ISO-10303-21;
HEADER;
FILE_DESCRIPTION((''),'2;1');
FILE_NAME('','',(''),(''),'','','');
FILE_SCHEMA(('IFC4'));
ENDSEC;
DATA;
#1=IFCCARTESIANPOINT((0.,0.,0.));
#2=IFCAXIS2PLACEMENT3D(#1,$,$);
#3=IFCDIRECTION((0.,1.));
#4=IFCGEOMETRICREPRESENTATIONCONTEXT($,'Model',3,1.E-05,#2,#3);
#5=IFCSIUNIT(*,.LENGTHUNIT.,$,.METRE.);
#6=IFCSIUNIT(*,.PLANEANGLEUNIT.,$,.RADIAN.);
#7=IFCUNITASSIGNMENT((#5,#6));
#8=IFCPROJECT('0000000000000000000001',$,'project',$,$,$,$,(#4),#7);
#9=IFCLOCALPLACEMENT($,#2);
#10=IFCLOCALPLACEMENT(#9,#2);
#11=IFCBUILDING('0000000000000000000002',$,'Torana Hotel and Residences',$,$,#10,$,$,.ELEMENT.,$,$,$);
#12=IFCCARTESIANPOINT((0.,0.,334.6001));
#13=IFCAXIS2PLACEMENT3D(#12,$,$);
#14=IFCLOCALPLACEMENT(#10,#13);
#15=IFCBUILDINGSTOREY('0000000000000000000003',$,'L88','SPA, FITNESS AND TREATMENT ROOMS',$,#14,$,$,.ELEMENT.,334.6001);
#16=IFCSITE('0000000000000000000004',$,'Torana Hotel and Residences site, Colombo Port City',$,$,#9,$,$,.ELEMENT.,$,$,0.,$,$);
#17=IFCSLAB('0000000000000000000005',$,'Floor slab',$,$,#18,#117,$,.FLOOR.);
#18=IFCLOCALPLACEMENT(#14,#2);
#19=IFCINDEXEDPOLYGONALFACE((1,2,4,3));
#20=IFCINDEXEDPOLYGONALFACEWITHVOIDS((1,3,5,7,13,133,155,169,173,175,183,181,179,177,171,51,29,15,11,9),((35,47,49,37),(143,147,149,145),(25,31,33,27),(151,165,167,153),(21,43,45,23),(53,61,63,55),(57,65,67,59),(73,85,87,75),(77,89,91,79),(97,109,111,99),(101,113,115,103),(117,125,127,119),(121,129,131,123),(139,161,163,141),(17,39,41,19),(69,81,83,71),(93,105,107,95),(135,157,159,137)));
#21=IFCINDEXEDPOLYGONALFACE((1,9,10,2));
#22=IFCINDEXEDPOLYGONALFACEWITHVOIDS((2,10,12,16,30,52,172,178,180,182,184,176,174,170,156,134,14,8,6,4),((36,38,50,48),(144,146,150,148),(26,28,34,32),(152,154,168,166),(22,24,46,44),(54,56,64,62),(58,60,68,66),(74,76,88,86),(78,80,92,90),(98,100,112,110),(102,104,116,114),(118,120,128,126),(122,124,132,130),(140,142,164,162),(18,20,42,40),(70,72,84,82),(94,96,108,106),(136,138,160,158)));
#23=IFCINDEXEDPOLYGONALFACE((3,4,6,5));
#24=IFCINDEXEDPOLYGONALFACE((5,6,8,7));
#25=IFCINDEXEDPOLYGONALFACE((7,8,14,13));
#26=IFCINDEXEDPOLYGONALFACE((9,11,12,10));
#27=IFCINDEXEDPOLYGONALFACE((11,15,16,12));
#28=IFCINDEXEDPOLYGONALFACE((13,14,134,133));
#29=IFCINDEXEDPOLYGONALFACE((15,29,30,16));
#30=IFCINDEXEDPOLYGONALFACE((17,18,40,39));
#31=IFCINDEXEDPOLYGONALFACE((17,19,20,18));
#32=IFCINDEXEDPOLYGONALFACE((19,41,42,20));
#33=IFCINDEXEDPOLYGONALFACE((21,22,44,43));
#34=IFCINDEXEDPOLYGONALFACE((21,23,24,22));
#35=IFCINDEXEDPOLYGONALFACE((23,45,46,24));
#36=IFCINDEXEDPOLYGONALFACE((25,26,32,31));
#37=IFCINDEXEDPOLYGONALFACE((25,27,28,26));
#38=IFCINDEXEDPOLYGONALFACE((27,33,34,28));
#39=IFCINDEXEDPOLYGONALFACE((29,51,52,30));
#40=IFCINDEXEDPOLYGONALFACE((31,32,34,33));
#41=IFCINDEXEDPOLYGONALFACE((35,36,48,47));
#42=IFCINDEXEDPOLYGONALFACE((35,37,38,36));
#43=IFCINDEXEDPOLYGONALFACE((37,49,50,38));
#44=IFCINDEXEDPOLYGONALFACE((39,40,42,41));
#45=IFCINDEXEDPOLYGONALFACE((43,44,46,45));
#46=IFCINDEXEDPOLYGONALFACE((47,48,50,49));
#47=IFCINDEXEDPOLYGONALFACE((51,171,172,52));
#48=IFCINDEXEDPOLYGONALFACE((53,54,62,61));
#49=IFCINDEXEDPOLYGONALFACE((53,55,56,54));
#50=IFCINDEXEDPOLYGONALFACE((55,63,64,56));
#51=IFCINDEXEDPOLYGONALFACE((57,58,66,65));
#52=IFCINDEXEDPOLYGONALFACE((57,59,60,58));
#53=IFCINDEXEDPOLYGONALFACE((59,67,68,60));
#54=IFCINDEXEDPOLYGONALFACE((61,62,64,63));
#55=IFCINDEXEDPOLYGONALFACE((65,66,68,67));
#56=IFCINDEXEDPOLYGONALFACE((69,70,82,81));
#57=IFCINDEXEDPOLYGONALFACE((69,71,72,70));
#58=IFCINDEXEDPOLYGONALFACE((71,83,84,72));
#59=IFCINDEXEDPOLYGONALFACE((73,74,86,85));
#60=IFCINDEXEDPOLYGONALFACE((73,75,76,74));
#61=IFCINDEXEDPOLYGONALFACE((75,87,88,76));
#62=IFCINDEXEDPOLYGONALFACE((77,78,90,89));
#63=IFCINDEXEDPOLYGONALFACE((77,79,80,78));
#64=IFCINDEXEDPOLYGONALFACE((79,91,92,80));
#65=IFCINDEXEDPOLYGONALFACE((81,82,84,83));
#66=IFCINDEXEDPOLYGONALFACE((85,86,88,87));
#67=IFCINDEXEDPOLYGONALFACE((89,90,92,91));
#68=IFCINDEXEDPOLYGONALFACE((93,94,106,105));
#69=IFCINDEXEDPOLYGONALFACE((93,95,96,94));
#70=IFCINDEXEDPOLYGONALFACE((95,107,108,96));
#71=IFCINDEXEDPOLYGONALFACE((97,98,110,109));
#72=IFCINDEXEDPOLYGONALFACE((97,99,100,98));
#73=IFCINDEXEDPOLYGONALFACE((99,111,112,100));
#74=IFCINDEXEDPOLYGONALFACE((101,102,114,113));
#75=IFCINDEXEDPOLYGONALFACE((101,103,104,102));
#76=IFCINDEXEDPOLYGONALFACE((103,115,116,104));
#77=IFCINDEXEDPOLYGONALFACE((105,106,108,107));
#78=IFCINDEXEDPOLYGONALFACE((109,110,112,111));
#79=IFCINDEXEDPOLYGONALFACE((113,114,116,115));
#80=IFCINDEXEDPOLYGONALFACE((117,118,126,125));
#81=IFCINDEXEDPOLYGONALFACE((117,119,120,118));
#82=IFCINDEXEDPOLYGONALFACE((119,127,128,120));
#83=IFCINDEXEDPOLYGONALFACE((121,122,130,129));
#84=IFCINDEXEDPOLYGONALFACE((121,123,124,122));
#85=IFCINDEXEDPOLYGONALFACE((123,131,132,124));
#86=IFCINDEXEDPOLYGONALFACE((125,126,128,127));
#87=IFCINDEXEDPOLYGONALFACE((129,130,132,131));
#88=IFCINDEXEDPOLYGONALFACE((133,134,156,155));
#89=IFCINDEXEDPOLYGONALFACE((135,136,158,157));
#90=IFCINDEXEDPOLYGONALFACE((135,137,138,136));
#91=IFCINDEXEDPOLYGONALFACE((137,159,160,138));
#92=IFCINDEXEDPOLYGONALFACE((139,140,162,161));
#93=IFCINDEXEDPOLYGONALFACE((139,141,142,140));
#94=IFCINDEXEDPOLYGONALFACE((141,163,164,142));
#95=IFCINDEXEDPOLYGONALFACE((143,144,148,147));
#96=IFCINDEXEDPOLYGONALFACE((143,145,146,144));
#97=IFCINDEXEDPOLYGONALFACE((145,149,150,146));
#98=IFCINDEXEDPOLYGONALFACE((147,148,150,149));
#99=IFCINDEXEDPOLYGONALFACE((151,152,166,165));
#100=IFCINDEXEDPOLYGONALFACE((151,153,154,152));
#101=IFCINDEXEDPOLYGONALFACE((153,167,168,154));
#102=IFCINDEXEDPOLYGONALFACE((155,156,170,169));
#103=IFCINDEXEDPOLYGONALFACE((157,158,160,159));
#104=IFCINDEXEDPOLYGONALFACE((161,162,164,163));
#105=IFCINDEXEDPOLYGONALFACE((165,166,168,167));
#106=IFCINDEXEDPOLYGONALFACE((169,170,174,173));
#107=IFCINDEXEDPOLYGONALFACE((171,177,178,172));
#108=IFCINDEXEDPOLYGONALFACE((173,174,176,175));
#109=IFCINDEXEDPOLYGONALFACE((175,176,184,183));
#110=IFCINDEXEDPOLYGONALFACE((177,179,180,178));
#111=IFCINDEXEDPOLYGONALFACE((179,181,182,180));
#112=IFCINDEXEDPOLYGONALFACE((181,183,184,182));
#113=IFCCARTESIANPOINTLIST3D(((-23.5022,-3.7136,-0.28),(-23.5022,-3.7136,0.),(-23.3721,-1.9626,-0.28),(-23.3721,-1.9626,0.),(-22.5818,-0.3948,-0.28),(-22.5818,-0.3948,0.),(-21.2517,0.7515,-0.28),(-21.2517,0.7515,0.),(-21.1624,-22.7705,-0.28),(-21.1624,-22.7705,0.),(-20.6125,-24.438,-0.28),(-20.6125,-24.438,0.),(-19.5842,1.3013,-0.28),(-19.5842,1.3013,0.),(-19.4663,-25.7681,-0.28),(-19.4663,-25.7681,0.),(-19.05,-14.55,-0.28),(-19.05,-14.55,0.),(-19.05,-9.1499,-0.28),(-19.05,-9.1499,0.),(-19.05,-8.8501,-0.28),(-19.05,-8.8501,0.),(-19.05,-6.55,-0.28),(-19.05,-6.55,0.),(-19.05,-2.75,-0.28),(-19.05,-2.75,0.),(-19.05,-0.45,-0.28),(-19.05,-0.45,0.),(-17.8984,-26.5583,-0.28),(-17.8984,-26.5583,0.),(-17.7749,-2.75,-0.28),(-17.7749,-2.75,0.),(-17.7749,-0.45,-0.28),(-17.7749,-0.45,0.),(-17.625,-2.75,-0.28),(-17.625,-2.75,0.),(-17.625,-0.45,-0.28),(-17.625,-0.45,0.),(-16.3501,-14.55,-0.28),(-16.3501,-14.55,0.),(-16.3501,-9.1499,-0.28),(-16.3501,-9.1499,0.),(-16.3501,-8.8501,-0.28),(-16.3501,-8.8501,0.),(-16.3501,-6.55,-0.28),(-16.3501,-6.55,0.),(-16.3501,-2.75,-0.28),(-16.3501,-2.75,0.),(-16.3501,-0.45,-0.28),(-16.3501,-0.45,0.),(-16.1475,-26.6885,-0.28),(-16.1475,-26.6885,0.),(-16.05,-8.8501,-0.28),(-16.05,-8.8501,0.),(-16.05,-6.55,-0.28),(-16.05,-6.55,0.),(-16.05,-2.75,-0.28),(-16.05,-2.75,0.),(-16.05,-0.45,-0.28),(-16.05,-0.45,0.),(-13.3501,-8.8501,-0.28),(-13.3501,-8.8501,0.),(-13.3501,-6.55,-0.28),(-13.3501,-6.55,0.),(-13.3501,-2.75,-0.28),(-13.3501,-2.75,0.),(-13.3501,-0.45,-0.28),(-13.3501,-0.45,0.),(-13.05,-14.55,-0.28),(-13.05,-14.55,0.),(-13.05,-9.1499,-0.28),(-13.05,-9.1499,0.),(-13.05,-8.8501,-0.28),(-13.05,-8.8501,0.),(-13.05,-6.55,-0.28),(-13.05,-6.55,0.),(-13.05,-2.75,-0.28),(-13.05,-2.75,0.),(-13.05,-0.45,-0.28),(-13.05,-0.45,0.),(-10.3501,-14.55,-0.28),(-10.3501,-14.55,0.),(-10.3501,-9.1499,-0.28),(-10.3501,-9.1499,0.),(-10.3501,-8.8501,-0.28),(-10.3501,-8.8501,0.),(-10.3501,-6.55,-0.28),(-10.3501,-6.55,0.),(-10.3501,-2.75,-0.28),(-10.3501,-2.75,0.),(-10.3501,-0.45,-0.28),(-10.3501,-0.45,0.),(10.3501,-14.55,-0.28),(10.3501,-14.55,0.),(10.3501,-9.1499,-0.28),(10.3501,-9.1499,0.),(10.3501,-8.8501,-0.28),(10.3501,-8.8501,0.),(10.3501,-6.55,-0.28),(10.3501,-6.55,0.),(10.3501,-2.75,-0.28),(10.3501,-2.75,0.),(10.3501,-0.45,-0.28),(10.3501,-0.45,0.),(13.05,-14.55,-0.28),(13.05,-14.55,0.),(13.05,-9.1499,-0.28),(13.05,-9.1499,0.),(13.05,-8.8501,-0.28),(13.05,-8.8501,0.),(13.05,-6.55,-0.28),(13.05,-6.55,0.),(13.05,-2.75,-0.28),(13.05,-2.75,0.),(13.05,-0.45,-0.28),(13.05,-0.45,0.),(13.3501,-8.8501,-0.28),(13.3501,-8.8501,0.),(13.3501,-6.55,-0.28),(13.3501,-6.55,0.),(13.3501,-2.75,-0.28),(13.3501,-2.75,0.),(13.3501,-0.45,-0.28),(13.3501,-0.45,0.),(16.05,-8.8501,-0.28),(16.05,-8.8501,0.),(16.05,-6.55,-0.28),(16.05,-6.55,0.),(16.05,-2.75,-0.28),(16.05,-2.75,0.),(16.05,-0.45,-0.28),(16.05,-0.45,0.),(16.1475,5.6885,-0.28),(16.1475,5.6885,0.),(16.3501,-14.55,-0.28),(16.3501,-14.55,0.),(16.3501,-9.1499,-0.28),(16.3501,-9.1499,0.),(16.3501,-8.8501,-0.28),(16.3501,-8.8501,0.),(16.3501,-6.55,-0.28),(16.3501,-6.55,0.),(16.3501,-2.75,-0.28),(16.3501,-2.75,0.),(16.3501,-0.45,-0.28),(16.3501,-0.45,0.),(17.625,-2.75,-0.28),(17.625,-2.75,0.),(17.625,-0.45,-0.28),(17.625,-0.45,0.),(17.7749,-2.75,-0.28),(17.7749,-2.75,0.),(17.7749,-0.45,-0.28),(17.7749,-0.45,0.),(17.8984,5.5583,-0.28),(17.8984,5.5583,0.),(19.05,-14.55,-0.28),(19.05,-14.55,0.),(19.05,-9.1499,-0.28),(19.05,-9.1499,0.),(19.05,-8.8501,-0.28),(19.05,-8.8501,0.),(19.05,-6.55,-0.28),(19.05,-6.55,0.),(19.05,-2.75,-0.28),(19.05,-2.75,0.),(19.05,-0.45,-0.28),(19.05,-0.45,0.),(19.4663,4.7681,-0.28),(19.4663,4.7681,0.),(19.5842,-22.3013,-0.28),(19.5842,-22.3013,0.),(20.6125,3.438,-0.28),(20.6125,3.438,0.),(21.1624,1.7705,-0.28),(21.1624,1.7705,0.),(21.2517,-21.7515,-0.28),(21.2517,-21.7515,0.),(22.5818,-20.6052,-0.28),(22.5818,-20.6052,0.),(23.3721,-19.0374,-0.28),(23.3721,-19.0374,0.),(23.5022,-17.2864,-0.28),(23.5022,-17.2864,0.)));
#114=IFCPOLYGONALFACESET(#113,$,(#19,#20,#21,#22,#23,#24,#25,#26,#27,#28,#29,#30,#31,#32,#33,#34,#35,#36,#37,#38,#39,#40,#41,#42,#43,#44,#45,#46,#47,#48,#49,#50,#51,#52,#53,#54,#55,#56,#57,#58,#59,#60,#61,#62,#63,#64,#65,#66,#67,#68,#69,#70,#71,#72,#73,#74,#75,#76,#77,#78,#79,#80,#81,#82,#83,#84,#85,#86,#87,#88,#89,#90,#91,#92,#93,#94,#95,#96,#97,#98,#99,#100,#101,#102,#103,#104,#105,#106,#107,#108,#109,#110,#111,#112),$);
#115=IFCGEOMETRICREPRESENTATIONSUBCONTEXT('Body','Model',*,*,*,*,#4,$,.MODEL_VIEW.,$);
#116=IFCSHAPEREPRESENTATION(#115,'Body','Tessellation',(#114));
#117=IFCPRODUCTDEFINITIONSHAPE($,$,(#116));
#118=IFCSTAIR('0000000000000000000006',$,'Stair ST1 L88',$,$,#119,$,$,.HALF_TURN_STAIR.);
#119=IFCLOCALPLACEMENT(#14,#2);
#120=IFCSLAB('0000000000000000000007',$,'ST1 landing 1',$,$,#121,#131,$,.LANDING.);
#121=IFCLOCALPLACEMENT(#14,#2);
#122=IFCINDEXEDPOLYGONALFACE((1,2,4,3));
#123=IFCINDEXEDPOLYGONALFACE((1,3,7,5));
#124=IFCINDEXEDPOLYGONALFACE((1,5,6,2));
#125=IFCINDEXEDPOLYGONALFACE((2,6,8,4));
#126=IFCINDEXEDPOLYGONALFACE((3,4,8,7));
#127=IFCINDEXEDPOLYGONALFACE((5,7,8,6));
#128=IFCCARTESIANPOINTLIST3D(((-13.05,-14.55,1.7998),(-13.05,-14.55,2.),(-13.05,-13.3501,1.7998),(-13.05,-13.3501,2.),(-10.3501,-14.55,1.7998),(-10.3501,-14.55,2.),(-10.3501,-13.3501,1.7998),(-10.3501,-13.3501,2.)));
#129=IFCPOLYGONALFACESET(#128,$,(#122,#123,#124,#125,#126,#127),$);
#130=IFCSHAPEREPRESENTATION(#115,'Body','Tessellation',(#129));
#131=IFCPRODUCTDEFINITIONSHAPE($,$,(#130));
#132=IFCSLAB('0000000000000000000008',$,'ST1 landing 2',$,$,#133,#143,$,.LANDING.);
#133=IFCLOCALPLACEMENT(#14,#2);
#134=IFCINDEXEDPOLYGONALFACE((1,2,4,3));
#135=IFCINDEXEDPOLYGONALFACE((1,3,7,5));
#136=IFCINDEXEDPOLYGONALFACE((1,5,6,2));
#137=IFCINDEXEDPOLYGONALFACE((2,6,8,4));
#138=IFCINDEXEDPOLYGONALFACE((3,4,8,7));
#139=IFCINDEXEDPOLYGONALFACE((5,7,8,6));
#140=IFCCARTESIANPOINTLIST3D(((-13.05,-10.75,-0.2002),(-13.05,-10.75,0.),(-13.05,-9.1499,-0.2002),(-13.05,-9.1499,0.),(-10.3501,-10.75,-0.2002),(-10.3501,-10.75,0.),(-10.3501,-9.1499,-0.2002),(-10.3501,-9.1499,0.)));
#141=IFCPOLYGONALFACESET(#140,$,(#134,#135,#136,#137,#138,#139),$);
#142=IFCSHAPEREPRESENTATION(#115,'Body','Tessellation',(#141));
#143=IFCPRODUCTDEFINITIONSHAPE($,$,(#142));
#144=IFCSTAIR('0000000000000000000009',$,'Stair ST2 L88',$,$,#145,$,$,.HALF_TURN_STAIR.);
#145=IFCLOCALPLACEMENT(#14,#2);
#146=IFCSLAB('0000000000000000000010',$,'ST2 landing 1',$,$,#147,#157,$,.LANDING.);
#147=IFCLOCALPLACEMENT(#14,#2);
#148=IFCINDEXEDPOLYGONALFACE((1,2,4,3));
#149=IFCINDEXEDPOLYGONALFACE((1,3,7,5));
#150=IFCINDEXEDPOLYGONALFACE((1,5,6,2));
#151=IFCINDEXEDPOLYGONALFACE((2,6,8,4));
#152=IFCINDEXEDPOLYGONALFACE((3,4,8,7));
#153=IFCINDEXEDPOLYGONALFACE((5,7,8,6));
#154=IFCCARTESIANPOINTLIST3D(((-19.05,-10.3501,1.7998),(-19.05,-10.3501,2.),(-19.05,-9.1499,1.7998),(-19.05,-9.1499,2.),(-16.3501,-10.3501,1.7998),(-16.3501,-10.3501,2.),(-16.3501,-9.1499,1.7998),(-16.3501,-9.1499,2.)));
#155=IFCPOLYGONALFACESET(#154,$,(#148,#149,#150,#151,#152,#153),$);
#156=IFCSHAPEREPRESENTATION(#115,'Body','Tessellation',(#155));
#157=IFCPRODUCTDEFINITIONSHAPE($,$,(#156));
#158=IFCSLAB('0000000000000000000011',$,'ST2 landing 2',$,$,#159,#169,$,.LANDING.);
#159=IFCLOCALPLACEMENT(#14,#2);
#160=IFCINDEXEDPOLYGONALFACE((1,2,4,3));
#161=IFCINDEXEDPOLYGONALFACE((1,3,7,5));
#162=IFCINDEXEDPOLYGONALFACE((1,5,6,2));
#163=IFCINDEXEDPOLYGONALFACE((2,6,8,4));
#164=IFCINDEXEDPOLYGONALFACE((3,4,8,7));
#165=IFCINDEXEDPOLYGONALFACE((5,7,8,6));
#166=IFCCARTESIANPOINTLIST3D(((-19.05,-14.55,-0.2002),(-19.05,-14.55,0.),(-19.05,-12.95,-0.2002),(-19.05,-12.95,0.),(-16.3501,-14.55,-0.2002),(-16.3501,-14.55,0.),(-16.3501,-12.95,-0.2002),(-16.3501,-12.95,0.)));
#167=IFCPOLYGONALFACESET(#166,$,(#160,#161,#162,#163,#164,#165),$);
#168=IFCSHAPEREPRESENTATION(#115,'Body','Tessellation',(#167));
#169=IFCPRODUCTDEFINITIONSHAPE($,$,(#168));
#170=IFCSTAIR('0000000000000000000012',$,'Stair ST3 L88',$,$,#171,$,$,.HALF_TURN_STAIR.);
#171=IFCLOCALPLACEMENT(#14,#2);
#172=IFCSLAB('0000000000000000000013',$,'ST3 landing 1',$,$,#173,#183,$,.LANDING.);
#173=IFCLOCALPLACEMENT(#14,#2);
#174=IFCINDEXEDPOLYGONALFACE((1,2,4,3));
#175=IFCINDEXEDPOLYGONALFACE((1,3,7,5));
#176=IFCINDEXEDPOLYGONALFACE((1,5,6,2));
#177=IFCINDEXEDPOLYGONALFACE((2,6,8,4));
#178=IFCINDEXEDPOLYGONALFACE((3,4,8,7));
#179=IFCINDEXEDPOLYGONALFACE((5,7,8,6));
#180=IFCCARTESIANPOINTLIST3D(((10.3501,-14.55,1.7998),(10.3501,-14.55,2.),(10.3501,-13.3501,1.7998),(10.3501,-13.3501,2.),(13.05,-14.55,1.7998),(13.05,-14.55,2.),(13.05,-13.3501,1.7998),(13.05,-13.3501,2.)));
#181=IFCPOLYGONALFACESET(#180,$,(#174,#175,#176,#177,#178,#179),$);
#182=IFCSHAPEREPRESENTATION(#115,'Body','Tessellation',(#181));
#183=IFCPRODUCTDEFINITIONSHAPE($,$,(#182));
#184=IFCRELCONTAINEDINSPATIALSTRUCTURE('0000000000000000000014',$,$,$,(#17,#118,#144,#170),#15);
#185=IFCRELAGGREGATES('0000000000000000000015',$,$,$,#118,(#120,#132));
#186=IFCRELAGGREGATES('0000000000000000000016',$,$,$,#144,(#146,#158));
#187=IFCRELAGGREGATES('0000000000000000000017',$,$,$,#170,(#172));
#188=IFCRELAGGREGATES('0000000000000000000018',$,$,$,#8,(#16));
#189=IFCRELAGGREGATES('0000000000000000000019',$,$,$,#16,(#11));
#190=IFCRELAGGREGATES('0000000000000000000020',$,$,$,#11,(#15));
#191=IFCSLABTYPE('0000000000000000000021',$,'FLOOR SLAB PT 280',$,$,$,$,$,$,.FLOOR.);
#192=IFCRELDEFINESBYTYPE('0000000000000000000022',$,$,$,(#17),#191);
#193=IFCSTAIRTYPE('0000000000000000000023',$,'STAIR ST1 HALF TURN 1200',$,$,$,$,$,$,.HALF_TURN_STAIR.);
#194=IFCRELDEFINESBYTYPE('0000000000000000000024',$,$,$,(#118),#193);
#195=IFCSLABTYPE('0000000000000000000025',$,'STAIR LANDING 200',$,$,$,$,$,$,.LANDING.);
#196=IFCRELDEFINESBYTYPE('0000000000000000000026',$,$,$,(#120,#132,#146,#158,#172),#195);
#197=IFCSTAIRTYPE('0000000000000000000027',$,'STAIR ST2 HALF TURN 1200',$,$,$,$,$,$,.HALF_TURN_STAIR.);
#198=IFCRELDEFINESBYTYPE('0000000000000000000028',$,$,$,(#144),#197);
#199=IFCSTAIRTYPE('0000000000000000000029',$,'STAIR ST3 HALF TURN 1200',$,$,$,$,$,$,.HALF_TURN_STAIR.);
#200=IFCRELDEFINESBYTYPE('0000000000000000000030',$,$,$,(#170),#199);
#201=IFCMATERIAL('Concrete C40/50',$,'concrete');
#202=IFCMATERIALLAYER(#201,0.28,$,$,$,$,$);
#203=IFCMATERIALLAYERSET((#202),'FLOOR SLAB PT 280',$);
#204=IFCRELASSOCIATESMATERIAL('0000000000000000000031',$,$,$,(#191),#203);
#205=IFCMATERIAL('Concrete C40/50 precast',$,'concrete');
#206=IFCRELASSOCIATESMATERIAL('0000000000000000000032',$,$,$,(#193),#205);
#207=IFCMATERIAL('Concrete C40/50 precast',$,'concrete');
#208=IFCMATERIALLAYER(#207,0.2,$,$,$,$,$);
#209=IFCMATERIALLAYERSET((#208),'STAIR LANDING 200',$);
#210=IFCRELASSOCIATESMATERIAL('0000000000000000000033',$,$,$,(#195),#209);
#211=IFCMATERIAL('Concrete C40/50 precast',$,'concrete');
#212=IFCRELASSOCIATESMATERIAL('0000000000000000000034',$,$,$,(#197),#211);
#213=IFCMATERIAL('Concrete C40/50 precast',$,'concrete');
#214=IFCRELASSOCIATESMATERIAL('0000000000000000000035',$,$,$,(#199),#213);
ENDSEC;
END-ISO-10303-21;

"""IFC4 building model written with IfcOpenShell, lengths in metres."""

from ifc_helpers import new_model, si_unit, direction, frame, origin, place, context, subcontext, project, spatial, polyline, outline, extrude, material, layer, layer_set, type_object, element, aggregate, save


model = new_model("IFC4")

# Units and contexts
model_context = context("Model", 3, precision=1e-05, world=origin(), true_north=direction((0.0, 1.0)))
body_context = subcontext(model_context, "Body", "Model", "MODEL_VIEW")
ifc_project = project(units=[si_unit("LENGTHUNIT", "METRE"), si_unit("PLANEANGLEUNIT", "RADIAN")], contexts=[model_context])

# Site, building, storey
site_placement = place(None, origin())
site = spatial("IfcSite", under=ifc_project, at=site_placement, Name="Torana Hotel and Residences site, Colombo Port City", CompositionType="ELEMENT", RefElevation=0.0)
building_placement = place(site_placement, origin())
building = spatial("IfcBuilding", under=site, at=building_placement, Name="Torana Hotel and Residences", CompositionType="ELEMENT")
storey_placement = place(building_placement, frame((0.0, 0.0, 334.6001)))
storey = spatial("IfcBuildingStorey", under=building, at=storey_placement, Name="L88", Description="SPA, FITNESS AND TREATMENT ROOMS", CompositionType="ELEMENT", Elevation=334.6001)

# Slab
ifc_material_1 = material(Name="Concrete C40/50", Category="concrete")
ifc_layer_1 = layer(ifc_material_1, 0.28)
ifc_layer_set_1 = layer_set([ifc_layer_1], Name="FLOOR SLAB PT 280")
slab_type_1 = type_object("IfcSlabType", Name="FLOOR SLAB PT 280", PredefinedType="FLOOR", material=ifc_layer_set_1)
slab_1_placement = place(storey_placement, frame((0.0, 0.0, -0.28)))
element("IfcSlab", 1, at=slab_1_placement, inside=storey, type_object=slab_type_1, Name="Floor slab", PredefinedType="FLOOR", context=body_context, shape_type="SweptSolid", body=[
    extrude(outline(polyline([(21.1624, 1.7705), (20.6125, 3.438), (19.4663, 4.7681), (17.8984, 5.5583), (16.1475, 5.6885), (-19.5842, 1.3013), (-21.2517, 0.7515), (-22.5818, -0.3948), (-23.3721, -1.9626), (-23.5022, -3.7136), (-21.1624, -22.7705), (-20.6125, -24.438), (-19.4663, -25.7681), (-17.8984, -26.5583), (-16.1475, -26.6885), (19.5842, -22.3013), (21.2517, -21.7515), (22.5818, -20.6052), (23.3721, -19.0374), (23.5022, -17.2864), (21.1624, 1.7705)]), holes=[polyline([(-13.05, -14.55), (-10.3501, -14.55), (-10.3501, -9.1499), (-13.05, -9.1499), (-13.05, -14.55)]), polyline([(-19.05, -14.55), (-16.3501, -14.55), (-16.3501, -9.1499), (-19.05, -9.1499), (-19.05, -14.55)]), polyline([(-17.625, -2.75), (-16.3501, -2.75), (-16.3501, -0.45), (-17.625, -0.45), (-17.625, -2.75)]), polyline([(-19.05, -2.75), (-17.7749, -2.75), (-17.7749, -0.45), (-19.05, -0.45), (-19.05, -2.75)]), polyline([(-13.05, -2.75), (-10.3501, -2.75), (-10.3501, -0.45), (-13.05, -0.45), (-13.05, -2.75)]), polyline([(-16.05, -2.75), (-13.3501, -2.75), (-13.3501, -0.45), (-16.05, -0.45), (-16.05, -2.75)]), polyline([(-13.05, -8.8501), (-10.3501, -8.8501), (-10.3501, -6.55), (-13.05, -6.55), (-13.05, -8.8501)]), polyline([(-16.05, -8.8501), (-13.3501, -8.8501), (-13.3501, -6.55), (-16.05, -6.55), (-16.05, -8.8501)]), polyline([(-19.05, -8.8501), (-16.3501, -8.8501), (-16.3501, -6.55), (-19.05, -6.55), (-19.05, -8.8501)]), polyline([(10.3501, -14.55), (13.05, -14.55), (13.05, -9.1499), (10.3501, -9.1499), (10.3501, -14.55)]), polyline([(16.3501, -14.55), (19.05, -14.55), (19.05, -9.1499), (16.3501, -9.1499), (16.3501, -14.55)]), polyline([(16.3501, -2.75), (17.625, -2.75), (17.625, -0.45), (16.3501, -0.45), (16.3501, -2.75)]), polyline([(17.7749, -2.75), (19.05, -2.75), (19.05, -0.45), (17.7749, -0.45), (17.7749, -2.75)]), polyline([(10.3501, -2.75), (13.05, -2.75), (13.05, -0.45), (10.3501, -0.45), (10.3501, -2.75)]), polyline([(13.3501, -2.75), (16.05, -2.75), (16.05, -0.45), (13.3501, -0.45), (13.3501, -2.75)]), polyline([(10.3501, -8.8501), (13.05, -8.8501), (13.05, -6.55), (10.3501, -6.55), (10.3501, -8.8501)]), polyline([(13.3501, -8.8501), (16.05, -8.8501), (16.05, -6.55), (13.3501, -6.55), (13.3501, -8.8501)]), polyline([(16.3501, -8.8501), (19.05, -8.8501), (19.05, -6.55), (16.3501, -6.55), (16.3501, -8.8501)])]), origin(), (0.0, 0.0, 1.0), 0.28),
])

# Stairs, slabs
ifc_material_2 = material(Name="Concrete C40/50 precast", Category="concrete")
stair_type_1 = type_object("IfcStairType", Name="STAIR ST1 HALF TURN 1200", PredefinedType="HALF_TURN_STAIR", material=ifc_material_2)
stair_1_placement = place(storey_placement, origin())
stair_1 = element("IfcStair", 2, at=stair_1_placement, inside=storey, type_object=stair_type_1, Name="Stair ST1 L88", PredefinedType="HALF_TURN_STAIR")
ifc_material_3 = material(Name="Concrete C40/50 precast", Category="concrete")
ifc_layer_2 = layer(ifc_material_3, 0.2)
ifc_layer_set_2 = layer_set([ifc_layer_2], Name="STAIR LANDING 200")
slab_type_2 = type_object("IfcSlabType", Name="STAIR LANDING 200", PredefinedType="LANDING", material=ifc_layer_set_2)
slab_2_placement = place(storey_placement, frame((0.0, 0.0, 1.7998)))
slab_2 = element("IfcSlab", 3, at=slab_2_placement, type_object=slab_type_2, Name="ST1 landing 1", PredefinedType="LANDING", context=body_context, shape_type="SweptSolid", body=[
    extrude(outline(polyline([(-13.05, -14.55), (-10.3501, -14.55), (-10.3501, -13.3501), (-13.05, -13.3501), (-13.05, -14.55)])), origin(), (0.0, 0.0, 1.0), 0.2002),
])
slab_3_placement = place(storey_placement, frame((0.0, 0.0, -0.2002)))
slab_3 = element("IfcSlab", 4, at=slab_3_placement, type_object=slab_type_2, Name="ST1 landing 2", PredefinedType="LANDING", context=body_context, shape_type="SweptSolid", body=[
    extrude(outline(polyline([(-13.05, -10.75), (-10.3501, -10.75), (-10.3501, -9.1499), (-13.05, -9.1499), (-13.05, -10.75)])), origin(), (0.0, 0.0, 1.0), 0.2002),
])
aggregate(stair_1, [slab_2, slab_3])
ifc_material_4 = material(Name="Concrete C40/50 precast", Category="concrete")
stair_type_2 = type_object("IfcStairType", Name="STAIR ST2 HALF TURN 1200", PredefinedType="HALF_TURN_STAIR", material=ifc_material_4)
stair_2_placement = place(storey_placement, origin())
stair_2 = element("IfcStair", 5, at=stair_2_placement, inside=storey, type_object=stair_type_2, Name="Stair ST2 L88", PredefinedType="HALF_TURN_STAIR")
slab_4_placement = place(storey_placement, frame((0.0, 0.0, 1.7998)))
slab_4 = element("IfcSlab", 6, at=slab_4_placement, type_object=slab_type_2, Name="ST2 landing 1", PredefinedType="LANDING", context=body_context, shape_type="SweptSolid", body=[
    extrude(outline(polyline([(-19.05, -10.3501), (-16.3501, -10.3501), (-16.3501, -9.1499), (-19.05, -9.1499), (-19.05, -10.3501)])), origin(), (0.0, 0.0, 1.0), 0.2002),
])
slab_5_placement = place(storey_placement, frame((0.0, 0.0, -0.2002)))
slab_5 = element("IfcSlab", 7, at=slab_5_placement, type_object=slab_type_2, Name="ST2 landing 2", PredefinedType="LANDING", context=body_context, shape_type="SweptSolid", body=[
    extrude(outline(polyline([(-19.05, -14.55), (-16.3501, -14.55), (-16.3501, -12.95), (-19.05, -12.95), (-19.05, -14.55)])), origin(), (0.0, 0.0, 1.0), 0.2002),
])
aggregate(stair_2, [slab_4, slab_5])
ifc_material_5 = material(Name="Concrete C40/50 precast", Category="concrete")
stair_type_3 = type_object("IfcStairType", Name="STAIR ST3 HALF TURN 1200", PredefinedType="HALF_TURN_STAIR", material=ifc_material_5)
stair_3_placement = place(storey_placement, origin())
stair_3 = element("IfcStair", 8, at=stair_3_placement, inside=storey, type_object=stair_type_3, Name="Stair ST3 L88", PredefinedType="HALF_TURN_STAIR")
slab_6_placement = place(storey_placement, frame((0.0, 0.0, 1.7998)))
slab_6 = element("IfcSlab", 9, at=slab_6_placement, type_object=slab_type_2, Name="ST3 landing 1", PredefinedType="LANDING", context=body_context, shape_type="SweptSolid", body=[
    extrude(outline(polyline([(10.3501, -14.55), (13.05, -14.55), (13.05, -13.3501), (10.3501, -13.3501), (10.3501, -14.55)])), origin(), (0.0, 0.0, 1.0), 0.2002),
])
aggregate(stair_3, [slab_6])

save(model, "model.ifc")
